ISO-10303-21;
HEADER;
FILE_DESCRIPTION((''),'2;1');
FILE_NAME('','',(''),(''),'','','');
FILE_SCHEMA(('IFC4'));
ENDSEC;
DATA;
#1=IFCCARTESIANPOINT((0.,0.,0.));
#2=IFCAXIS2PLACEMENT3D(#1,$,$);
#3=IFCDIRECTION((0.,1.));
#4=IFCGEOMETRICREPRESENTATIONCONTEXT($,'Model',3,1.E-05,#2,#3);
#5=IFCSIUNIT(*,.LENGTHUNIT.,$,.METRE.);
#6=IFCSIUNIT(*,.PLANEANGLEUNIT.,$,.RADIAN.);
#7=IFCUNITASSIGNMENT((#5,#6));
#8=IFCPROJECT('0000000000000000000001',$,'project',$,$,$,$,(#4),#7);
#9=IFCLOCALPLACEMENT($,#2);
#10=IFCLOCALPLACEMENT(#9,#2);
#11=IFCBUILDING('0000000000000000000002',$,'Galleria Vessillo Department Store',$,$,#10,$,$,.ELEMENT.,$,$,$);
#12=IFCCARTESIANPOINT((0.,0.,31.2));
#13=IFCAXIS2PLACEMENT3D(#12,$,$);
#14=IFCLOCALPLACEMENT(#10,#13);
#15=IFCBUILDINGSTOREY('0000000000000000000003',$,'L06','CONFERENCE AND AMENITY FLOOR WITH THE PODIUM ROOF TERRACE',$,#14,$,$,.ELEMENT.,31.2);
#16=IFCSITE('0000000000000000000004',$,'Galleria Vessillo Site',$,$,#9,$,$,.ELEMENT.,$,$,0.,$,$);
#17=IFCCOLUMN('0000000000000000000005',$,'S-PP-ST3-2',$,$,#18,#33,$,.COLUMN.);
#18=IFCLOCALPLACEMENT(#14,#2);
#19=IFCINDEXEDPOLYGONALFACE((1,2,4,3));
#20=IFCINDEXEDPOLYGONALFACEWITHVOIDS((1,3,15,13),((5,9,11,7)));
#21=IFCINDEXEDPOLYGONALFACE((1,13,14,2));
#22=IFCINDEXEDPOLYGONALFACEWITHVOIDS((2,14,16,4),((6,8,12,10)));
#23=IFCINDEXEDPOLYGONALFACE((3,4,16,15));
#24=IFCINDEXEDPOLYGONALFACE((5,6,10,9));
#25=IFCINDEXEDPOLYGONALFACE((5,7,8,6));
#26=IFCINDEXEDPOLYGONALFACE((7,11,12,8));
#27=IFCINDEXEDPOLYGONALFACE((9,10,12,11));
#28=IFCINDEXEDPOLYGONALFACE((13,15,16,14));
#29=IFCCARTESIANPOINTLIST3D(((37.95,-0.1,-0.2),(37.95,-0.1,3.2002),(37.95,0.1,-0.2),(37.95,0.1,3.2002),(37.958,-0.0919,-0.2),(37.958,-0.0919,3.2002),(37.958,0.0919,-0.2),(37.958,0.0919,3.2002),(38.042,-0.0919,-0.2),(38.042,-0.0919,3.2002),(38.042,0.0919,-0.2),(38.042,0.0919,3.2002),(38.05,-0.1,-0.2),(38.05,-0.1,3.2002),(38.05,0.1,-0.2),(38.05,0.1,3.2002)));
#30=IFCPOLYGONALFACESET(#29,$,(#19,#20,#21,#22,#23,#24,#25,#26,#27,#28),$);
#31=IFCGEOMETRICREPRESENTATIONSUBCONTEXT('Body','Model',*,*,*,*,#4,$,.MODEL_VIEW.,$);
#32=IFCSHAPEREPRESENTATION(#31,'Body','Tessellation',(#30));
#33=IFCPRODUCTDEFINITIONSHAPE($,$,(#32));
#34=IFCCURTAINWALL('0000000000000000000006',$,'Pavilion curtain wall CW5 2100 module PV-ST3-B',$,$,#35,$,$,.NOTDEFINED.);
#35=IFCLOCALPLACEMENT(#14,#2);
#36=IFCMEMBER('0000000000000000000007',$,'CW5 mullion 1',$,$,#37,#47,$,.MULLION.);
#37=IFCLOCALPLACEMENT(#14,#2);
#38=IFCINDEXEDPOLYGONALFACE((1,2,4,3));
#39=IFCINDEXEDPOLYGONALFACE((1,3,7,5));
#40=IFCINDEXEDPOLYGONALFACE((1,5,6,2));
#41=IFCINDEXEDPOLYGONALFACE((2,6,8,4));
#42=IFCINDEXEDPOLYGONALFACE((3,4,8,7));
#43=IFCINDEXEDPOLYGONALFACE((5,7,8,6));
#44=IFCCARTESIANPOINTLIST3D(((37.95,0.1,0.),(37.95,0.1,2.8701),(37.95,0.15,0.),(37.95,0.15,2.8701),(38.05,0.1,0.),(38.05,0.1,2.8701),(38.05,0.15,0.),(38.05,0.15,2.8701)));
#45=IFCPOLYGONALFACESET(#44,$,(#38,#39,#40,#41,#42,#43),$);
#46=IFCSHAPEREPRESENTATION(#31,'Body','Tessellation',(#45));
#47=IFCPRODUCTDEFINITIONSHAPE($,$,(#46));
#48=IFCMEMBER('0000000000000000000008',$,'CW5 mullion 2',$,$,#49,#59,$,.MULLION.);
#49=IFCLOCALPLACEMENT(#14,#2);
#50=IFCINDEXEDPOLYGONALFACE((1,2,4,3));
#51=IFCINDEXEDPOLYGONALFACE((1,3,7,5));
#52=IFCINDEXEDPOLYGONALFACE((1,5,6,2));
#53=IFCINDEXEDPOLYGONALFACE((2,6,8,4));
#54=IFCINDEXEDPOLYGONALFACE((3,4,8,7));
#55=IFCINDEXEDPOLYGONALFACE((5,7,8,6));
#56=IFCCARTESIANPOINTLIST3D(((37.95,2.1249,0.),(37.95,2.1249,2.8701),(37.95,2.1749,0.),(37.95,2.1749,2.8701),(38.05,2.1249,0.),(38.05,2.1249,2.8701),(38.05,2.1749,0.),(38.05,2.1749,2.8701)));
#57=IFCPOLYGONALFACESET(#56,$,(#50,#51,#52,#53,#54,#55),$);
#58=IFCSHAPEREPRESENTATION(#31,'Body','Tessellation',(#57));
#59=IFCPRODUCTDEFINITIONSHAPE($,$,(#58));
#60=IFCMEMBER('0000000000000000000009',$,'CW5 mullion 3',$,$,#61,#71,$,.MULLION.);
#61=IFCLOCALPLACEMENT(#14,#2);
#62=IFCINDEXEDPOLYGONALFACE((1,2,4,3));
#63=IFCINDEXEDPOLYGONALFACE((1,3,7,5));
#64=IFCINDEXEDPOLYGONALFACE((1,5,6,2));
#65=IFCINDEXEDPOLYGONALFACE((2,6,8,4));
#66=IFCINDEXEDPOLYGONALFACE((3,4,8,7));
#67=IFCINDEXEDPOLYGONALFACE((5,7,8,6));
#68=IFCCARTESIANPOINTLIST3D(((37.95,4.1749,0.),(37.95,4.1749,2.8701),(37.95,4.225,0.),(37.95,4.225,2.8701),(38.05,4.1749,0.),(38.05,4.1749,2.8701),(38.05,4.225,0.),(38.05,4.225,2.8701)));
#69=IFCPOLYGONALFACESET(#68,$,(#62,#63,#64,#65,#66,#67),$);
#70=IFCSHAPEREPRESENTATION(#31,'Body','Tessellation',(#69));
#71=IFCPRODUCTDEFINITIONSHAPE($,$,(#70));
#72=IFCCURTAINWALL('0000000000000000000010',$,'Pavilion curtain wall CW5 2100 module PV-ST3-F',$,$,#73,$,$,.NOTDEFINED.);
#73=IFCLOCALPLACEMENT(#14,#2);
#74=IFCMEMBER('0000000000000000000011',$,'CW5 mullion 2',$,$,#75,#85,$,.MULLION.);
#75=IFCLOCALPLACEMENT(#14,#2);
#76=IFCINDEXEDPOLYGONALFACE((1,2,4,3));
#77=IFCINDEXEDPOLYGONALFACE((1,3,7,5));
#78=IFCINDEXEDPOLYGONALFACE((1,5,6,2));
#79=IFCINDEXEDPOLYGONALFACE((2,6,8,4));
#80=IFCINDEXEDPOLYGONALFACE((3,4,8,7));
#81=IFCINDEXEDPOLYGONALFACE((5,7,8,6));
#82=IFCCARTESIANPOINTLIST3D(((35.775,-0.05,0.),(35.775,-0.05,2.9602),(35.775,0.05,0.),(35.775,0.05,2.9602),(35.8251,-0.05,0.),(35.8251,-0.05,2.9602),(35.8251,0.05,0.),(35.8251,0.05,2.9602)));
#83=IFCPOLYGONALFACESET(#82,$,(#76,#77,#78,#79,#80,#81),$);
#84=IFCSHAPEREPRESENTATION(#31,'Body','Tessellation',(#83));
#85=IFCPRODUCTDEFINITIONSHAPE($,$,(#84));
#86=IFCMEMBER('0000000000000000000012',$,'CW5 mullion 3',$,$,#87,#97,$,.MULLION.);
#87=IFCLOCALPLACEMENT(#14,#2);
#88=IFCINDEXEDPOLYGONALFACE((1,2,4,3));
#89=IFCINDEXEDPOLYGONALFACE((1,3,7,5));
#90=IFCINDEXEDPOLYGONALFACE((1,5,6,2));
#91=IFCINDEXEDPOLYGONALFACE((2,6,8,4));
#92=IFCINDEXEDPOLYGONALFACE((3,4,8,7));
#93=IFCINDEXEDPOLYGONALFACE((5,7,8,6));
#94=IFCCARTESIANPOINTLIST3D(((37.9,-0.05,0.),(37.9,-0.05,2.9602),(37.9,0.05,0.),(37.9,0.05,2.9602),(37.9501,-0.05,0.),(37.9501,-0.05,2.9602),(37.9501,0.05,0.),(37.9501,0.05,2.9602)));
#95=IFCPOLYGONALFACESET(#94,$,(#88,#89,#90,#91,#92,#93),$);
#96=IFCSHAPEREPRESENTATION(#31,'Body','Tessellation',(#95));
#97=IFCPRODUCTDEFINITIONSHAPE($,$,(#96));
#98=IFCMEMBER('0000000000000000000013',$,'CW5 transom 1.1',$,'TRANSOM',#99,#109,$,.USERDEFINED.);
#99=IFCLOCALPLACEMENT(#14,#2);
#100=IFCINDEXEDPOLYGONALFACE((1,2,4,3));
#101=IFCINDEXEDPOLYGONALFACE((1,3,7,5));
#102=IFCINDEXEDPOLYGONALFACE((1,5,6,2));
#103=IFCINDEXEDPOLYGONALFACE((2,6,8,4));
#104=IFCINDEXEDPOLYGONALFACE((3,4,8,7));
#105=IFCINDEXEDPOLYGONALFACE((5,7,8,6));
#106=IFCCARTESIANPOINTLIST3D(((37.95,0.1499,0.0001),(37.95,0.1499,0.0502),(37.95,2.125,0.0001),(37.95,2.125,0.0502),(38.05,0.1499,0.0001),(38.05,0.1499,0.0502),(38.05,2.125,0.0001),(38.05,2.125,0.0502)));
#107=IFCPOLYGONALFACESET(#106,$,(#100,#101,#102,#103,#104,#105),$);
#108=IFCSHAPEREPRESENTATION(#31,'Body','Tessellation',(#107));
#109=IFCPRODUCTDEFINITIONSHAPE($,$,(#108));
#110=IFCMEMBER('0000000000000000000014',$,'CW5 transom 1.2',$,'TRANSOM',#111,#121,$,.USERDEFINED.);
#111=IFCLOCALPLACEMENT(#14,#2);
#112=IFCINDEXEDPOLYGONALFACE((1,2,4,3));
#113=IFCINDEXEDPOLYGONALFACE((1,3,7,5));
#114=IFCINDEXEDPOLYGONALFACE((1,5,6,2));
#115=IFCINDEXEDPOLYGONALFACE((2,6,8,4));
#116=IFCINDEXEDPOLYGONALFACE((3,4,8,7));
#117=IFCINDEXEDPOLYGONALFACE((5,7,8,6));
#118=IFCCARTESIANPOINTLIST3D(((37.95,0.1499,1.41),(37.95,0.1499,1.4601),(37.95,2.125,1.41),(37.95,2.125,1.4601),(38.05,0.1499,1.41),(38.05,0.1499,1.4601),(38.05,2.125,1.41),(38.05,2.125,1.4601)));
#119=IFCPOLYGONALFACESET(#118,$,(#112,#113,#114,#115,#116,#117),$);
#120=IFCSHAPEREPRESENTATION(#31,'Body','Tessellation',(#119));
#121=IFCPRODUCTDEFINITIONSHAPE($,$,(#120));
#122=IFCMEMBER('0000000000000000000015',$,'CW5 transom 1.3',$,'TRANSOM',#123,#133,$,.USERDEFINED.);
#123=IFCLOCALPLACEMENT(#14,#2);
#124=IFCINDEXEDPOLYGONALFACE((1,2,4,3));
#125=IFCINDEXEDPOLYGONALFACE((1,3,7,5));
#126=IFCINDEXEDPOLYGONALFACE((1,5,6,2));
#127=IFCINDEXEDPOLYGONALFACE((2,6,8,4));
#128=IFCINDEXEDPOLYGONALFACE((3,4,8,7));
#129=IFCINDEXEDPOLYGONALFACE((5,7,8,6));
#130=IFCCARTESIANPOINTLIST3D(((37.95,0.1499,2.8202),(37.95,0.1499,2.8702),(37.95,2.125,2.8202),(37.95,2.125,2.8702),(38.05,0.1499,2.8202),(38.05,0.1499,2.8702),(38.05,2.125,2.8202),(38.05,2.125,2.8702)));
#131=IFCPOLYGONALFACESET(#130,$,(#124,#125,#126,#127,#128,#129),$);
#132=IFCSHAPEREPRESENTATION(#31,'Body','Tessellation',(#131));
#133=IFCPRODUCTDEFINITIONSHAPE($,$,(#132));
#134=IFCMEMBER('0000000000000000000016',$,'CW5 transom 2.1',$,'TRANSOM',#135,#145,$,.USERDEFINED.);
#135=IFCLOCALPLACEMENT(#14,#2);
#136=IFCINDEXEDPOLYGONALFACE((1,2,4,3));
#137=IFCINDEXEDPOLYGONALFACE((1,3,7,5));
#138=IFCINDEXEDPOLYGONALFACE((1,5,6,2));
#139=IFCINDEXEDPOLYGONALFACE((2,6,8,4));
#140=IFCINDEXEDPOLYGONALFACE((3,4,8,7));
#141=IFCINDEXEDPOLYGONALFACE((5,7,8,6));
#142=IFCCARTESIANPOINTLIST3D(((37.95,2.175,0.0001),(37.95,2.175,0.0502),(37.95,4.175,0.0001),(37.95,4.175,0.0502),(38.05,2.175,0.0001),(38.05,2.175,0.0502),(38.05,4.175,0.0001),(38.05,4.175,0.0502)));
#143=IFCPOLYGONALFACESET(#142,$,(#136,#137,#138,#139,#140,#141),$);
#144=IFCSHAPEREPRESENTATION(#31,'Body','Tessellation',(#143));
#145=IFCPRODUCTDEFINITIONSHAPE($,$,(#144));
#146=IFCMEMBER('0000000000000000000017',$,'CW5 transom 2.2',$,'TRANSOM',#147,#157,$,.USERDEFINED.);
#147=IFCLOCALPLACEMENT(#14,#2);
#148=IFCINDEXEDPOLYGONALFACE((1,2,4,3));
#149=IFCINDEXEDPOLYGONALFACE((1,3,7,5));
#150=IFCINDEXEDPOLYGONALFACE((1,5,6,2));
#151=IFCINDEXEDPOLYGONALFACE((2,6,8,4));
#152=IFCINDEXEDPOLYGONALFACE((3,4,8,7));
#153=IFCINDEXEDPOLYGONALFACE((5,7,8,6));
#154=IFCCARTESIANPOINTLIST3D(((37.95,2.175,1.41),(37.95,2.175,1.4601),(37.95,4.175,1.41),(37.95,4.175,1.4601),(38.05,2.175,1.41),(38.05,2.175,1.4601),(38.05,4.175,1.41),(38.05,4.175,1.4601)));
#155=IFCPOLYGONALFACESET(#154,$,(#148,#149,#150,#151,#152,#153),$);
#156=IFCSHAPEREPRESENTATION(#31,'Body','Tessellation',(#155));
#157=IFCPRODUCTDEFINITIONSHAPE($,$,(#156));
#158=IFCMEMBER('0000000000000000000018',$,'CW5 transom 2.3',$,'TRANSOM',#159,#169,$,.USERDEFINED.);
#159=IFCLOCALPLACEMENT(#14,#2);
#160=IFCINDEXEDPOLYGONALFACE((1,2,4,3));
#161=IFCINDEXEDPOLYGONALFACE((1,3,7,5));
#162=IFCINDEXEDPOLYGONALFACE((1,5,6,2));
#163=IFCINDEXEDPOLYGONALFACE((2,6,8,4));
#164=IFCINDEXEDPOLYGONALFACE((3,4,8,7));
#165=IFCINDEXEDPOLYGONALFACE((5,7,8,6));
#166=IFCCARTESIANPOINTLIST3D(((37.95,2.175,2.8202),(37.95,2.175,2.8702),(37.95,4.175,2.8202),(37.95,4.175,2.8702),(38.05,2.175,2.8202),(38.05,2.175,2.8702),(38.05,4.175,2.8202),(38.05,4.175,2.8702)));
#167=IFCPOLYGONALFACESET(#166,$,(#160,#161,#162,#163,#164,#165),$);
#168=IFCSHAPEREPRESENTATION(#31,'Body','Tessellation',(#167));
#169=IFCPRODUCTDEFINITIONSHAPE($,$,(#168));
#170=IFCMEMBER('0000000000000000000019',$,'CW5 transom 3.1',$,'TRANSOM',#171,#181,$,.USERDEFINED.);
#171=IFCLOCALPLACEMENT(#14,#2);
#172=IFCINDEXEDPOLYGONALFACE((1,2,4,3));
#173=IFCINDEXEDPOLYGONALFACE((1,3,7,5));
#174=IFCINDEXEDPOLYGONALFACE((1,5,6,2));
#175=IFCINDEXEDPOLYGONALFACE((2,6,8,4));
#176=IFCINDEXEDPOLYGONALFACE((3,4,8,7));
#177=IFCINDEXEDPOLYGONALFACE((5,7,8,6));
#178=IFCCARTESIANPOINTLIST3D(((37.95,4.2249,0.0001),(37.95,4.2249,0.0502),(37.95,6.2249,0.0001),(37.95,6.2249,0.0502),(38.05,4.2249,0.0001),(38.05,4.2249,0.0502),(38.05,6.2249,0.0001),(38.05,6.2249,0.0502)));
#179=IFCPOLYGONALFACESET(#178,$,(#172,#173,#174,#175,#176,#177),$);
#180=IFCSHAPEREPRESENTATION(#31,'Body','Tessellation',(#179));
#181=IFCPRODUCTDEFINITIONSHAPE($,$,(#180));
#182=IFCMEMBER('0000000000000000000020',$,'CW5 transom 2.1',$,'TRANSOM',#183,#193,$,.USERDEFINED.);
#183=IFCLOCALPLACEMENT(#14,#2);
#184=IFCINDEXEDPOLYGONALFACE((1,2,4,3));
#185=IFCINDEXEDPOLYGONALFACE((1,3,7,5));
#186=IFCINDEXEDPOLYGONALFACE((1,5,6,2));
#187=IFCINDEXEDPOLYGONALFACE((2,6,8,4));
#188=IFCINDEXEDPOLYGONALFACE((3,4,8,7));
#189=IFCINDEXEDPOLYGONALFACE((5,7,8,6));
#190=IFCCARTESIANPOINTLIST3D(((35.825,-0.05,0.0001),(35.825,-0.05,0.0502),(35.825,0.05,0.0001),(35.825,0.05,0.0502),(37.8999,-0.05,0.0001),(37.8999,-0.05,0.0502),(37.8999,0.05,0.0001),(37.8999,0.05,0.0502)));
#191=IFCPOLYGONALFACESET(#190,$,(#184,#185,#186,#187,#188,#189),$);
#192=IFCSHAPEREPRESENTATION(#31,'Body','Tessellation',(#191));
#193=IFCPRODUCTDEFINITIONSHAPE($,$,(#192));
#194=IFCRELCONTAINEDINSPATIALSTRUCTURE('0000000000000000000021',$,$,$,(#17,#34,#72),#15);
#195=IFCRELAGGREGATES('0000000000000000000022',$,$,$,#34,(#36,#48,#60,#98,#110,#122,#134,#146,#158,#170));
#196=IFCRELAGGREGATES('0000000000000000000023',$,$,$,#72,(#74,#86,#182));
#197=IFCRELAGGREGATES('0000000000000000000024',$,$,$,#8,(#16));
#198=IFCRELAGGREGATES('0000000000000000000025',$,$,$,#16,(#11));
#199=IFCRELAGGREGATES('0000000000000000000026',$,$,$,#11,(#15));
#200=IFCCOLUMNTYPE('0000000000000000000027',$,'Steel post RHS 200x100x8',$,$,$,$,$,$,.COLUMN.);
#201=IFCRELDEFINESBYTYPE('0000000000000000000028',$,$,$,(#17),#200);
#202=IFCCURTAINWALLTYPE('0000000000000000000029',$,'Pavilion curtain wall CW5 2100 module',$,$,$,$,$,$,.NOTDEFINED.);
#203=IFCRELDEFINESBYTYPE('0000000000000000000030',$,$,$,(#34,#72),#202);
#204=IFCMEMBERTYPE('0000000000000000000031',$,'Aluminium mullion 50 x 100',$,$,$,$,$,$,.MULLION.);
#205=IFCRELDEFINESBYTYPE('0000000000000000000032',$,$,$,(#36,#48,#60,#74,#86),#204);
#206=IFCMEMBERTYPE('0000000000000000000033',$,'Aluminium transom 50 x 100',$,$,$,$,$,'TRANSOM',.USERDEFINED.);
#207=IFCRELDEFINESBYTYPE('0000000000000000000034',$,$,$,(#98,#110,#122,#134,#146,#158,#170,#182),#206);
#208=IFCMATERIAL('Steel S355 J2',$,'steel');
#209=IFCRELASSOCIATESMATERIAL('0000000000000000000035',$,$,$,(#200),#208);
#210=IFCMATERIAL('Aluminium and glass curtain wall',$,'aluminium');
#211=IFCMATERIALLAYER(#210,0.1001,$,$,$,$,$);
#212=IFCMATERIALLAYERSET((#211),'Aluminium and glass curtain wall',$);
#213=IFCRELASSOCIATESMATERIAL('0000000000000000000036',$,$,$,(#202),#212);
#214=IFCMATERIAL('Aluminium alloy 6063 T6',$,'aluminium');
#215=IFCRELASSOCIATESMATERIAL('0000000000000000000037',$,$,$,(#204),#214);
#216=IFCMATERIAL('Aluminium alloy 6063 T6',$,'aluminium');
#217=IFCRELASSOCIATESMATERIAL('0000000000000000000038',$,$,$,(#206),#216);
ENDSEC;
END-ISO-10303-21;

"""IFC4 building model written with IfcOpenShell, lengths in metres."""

from ifc_helpers import new_model, si_unit, direction, frame, origin, origin_2d, place, context, subcontext, project, spatial, rectangle, hollow_rectangle, extrude, material, layer, layer_set, material_profile, profile_set, type_object, element, aggregate, save


model = new_model("IFC4")

# Units and contexts
model_context = context("Model", 3, precision=1e-05, world=origin(), true_north=direction((0.0, 1.0)))
body_context = subcontext(model_context, "Body", "Model", "MODEL_VIEW")
ifc_project = project(units=[si_unit("LENGTHUNIT", "METRE"), si_unit("PLANEANGLEUNIT", "RADIAN")], contexts=[model_context])

# Site, building, storey
site_placement = place(None, origin())
site = spatial("IfcSite", under=ifc_project, at=site_placement, Name="Galleria Vessillo Site", CompositionType="ELEMENT", RefElevation=0.0)
building_placement = place(site_placement, origin())
building = spatial("IfcBuilding", under=site, at=building_placement, Name="Galleria Vessillo Department Store", CompositionType="ELEMENT")
storey_placement = place(building_placement, frame((0.0, 0.0, 31.2)))
storey = spatial("IfcBuildingStorey", under=building, at=storey_placement, Name="L06", Description="CONFERENCE AND AMENITY FLOOR WITH THE PODIUM ROOF TERRACE", CompositionType="ELEMENT", Elevation=31.2)

# Column
ifc_material_1 = material(Name="Steel S355 J2", Category="steel")
ifc_material_profile_1 = material_profile(ifc_material_1, hollow_rectangle(XDim=0.1001, YDim=0.2, WallThickness=0.0081, at=origin_2d()), Name="RHS 200x100x8")
ifc_profile_set_1 = profile_set([ifc_material_profile_1], Name="Steel S355 J2")
column_type = type_object("IfcColumnType", Name="Steel post RHS 200x100x8", PredefinedType="COLUMN", material=ifc_profile_set_1)
column_placement = place(storey_placement, frame((38.0, 0.0, -0.2), z_axis=(0.0, 0.0, 1.0), x_axis=(1.0, 0.0, 0.0)))
element("IfcColumn", 1, at=column_placement, inside=storey, type_object=column_type, Name="S-PP-ST3-2", PredefinedType="COLUMN", context=body_context, shape_type="SweptSolid", body=[
    extrude(hollow_rectangle(XDim=0.1001, YDim=0.2, WallThickness=0.0081, at=origin_2d()), origin(), (0.0, 0.0, 1.0), 3.4001),
])

# Curtain walls, members
ifc_material_2 = material(Name="Aluminium and glass curtain wall", Category="aluminium")
ifc_layer_1 = layer(ifc_material_2, 0.1001)
ifc_layer_set_1 = layer_set([ifc_layer_1], Name="Aluminium and glass curtain wall")
curtain_wall_type = type_object("IfcCurtainWallType", Name="Pavilion curtain wall CW5 2100 module", PredefinedType="NOTDEFINED", material=ifc_layer_set_1)
curtain_wall_1_placement = place(storey_placement, origin())
curtain_wall_1 = element("IfcCurtainWall", 2, at=curtain_wall_1_placement, inside=storey, type_object=curtain_wall_type, Name="Pavilion curtain wall CW5 2100 module PV-ST3-B", PredefinedType="NOTDEFINED")
ifc_material_3 = material(Name="Aluminium alloy 6063 T6", Category="aluminium")
ifc_material_profile_2 = material_profile(ifc_material_3, rectangle(XDim=0.1001, YDim=0.05, at=origin_2d()), Name="AL 50x100")
ifc_profile_set_2 = profile_set([ifc_material_profile_2], Name="Aluminium alloy 6063 T6")
member_type_1 = type_object("IfcMemberType", Name="Aluminium mullion 50 x 100", PredefinedType="MULLION", material=ifc_profile_set_2)
member_1_placement = place(storey_placement, frame((38.0, 0.125, 0.0), z_axis=(0.0, 0.0, 1.0), x_axis=(-1.0, 0.0, 0.0)))
member_1 = element("IfcMember", 3, at=member_1_placement, type_object=member_type_1, Name="CW5 mullion 1", PredefinedType="MULLION", context=body_context, shape_type="SweptSolid", body=[
    extrude(rectangle(XDim=0.1001, YDim=0.05, at=origin_2d()), origin(), (0.0, 0.0, 1.0), 2.8701),
])
member_2_placement = place(storey_placement, frame((38.0, 2.1499, 0.0), z_axis=(0.0, 0.0, 1.0), x_axis=(-1.0, 0.0, 0.0)))
member_2 = element("IfcMember", 4, at=member_2_placement, type_object=member_type_1, Name="CW5 mullion 2", PredefinedType="MULLION", context=body_context, shape_type="SweptSolid", body=[
    extrude(rectangle(XDim=0.1001, YDim=0.05, at=origin_2d()), origin(), (0.0, 0.0, 1.0), 2.8701),
])
member_3_placement = place(storey_placement, frame((38.0, 4.2, 0.0), z_axis=(0.0, 0.0, 1.0), x_axis=(-1.0, 0.0, 0.0)))
member_3 = element("IfcMember", 5, at=member_3_placement, type_object=member_type_1, Name="CW5 mullion 3", PredefinedType="MULLION", context=body_context, shape_type="SweptSolid", body=[
    extrude(rectangle(XDim=0.1001, YDim=0.05, at=origin_2d()), origin(), (0.0, 0.0, 1.0), 2.8701),
])
curtain_wall_2_placement = place(storey_placement, origin())
curtain_wall_2 = element("IfcCurtainWall", 6, at=curtain_wall_2_placement, inside=storey, type_object=curtain_wall_type, Name="Pavilion curtain wall CW5 2100 module PV-ST3-F", PredefinedType="NOTDEFINED")
member_4_placement = place(storey_placement, frame((35.8, 0.0, 0.0), z_axis=(0.0, 0.0, 1.0), x_axis=(0.0, 1.0, 0.0)))
member_4 = element("IfcMember", 7, at=member_4_placement, type_object=member_type_1, Name="CW5 mullion 2", PredefinedType="MULLION", context=body_context, shape_type="SweptSolid", body=[
    extrude(rectangle(XDim=0.1001, YDim=0.05, at=origin_2d()), origin(), (0.0, 0.0, 1.0), 2.9602),
])
member_5_placement = place(storey_placement, frame((37.925, 0.0, 0.0), z_axis=(0.0, 0.0, 1.0), x_axis=(0.0, 1.0, 0.0)))
member_5 = element("IfcMember", 8, at=member_5_placement, type_object=member_type_1, Name="CW5 mullion 3", PredefinedType="MULLION", context=body_context, shape_type="SweptSolid", body=[
    extrude(rectangle(XDim=0.1001, YDim=0.05, at=origin_2d()), origin(), (0.0, 0.0, 1.0), 2.9602),
])

# Members
ifc_material_4 = material(Name="Aluminium alloy 6063 T6", Category="aluminium")
ifc_material_profile_3 = material_profile(ifc_material_4, rectangle(XDim=0.1001, YDim=0.05, at=origin_2d()), Name="AL 50x100")
ifc_profile_set_3 = profile_set([ifc_material_profile_3], Name="Aluminium alloy 6063 T6")
member_type_2 = type_object("IfcMemberType", Name="Aluminium transom 50 x 100", ElementType="TRANSOM", PredefinedType="USERDEFINED", material=ifc_profile_set_3)
member_6_placement = place(storey_placement, frame((38.0, 0.1499, 0.0251), z_axis=(0.0, 1.0, 0.0), x_axis=(-1.0, 0.0, 0.0)))
member_6 = element("IfcMember", 9, at=member_6_placement, type_object=member_type_2, Name="CW5 transom 1.1", ObjectType="TRANSOM", PredefinedType="USERDEFINED", context=body_context, shape_type="SweptSolid", body=[
    extrude(rectangle(XDim=0.1001, YDim=0.05, at=origin_2d()), origin(), (0.0, 0.0, 1.0), 1.9751),
])
member_7_placement = place(storey_placement, frame((38.0, 0.1499, 1.4351), z_axis=(0.0, 1.0, 0.0), x_axis=(-1.0, 0.0, 0.0)))
member_7 = element("IfcMember", 10, at=member_7_placement, type_object=member_type_2, Name="CW5 transom 1.2", ObjectType="TRANSOM", PredefinedType="USERDEFINED", context=body_context, shape_type="SweptSolid", body=[
    extrude(rectangle(XDim=0.1001, YDim=0.05, at=origin_2d()), origin(), (0.0, 0.0, 1.0), 1.9751),
])
member_8_placement = place(storey_placement, frame((38.0, 0.1499, 2.8452), z_axis=(0.0, 1.0, 0.0), x_axis=(-1.0, 0.0, 0.0)))
member_8 = element("IfcMember", 11, at=member_8_placement, type_object=member_type_2, Name="CW5 transom 1.3", ObjectType="TRANSOM", PredefinedType="USERDEFINED", context=body_context, shape_type="SweptSolid", body=[
    extrude(rectangle(XDim=0.1001, YDim=0.05, at=origin_2d()), origin(), (0.0, 0.0, 1.0), 1.9751),
])
member_9_placement = place(storey_placement, frame((38.0, 2.175, 0.0251), z_axis=(0.0, 1.0, 0.0), x_axis=(-1.0, 0.0, 0.0)))
member_9 = element("IfcMember", 12, at=member_9_placement, type_object=member_type_2, Name="CW5 transom 2.1", ObjectType="TRANSOM", PredefinedType="USERDEFINED", context=body_context, shape_type="SweptSolid", body=[
    extrude(rectangle(XDim=0.1001, YDim=0.05, at=origin_2d()), origin(), (0.0, 0.0, 1.0), 2.0),
])
member_10_placement = place(storey_placement, frame((38.0, 2.175, 1.4351), z_axis=(0.0, 1.0, 0.0), x_axis=(-1.0, 0.0, 0.0)))
member_10 = element("IfcMember", 13, at=member_10_placement, type_object=member_type_2, Name="CW5 transom 2.2", ObjectType="TRANSOM", PredefinedType="USERDEFINED", context=body_context, shape_type="SweptSolid", body=[
    extrude(rectangle(XDim=0.1001, YDim=0.05, at=origin_2d()), origin(), (0.0, 0.0, 1.0), 2.0),
])
member_11_placement = place(storey_placement, frame((38.0, 2.175, 2.8452), z_axis=(0.0, 1.0, 0.0), x_axis=(-1.0, 0.0, 0.0)))
member_11 = element("IfcMember", 14, at=member_11_placement, type_object=member_type_2, Name="CW5 transom 2.3", ObjectType="TRANSOM", PredefinedType="USERDEFINED", context=body_context, shape_type="SweptSolid", body=[
    extrude(rectangle(XDim=0.1001, YDim=0.05, at=origin_2d()), origin(), (0.0, 0.0, 1.0), 2.0),
])
member_12_placement = place(storey_placement, frame((38.0, 4.2249, 0.0251), z_axis=(0.0, 1.0, 0.0), x_axis=(-1.0, 0.0, 0.0)))
member_12 = element("IfcMember", 15, at=member_12_placement, type_object=member_type_2, Name="CW5 transom 3.1", ObjectType="TRANSOM", PredefinedType="USERDEFINED", context=body_context, shape_type="SweptSolid", body=[
    extrude(rectangle(XDim=0.1001, YDim=0.05, at=origin_2d()), origin(), (0.0, 0.0, 1.0), 2.0),
])
member_13_placement = place(storey_placement, frame((35.825, 0.0, 0.0251), z_axis=(1.0, 0.0, 0.0), x_axis=(0.0, 1.0, 0.0)))
member_13 = element("IfcMember", 16, at=member_13_placement, type_object=member_type_2, Name="CW5 transom 2.1", ObjectType="TRANSOM", PredefinedType="USERDEFINED", context=body_context, shape_type="SweptSolid", body=[
    extrude(rectangle(XDim=0.1001, YDim=0.05, at=origin_2d()), origin(), (0.0, 0.0, 1.0), 2.075),
])

aggregate(curtain_wall_1, [member_1, member_2, member_3, member_6, member_7, member_8, member_9, member_10, member_11, member_12])
aggregate(curtain_wall_2, [member_4, member_5, member_13])

save(model, "model.ifc")
